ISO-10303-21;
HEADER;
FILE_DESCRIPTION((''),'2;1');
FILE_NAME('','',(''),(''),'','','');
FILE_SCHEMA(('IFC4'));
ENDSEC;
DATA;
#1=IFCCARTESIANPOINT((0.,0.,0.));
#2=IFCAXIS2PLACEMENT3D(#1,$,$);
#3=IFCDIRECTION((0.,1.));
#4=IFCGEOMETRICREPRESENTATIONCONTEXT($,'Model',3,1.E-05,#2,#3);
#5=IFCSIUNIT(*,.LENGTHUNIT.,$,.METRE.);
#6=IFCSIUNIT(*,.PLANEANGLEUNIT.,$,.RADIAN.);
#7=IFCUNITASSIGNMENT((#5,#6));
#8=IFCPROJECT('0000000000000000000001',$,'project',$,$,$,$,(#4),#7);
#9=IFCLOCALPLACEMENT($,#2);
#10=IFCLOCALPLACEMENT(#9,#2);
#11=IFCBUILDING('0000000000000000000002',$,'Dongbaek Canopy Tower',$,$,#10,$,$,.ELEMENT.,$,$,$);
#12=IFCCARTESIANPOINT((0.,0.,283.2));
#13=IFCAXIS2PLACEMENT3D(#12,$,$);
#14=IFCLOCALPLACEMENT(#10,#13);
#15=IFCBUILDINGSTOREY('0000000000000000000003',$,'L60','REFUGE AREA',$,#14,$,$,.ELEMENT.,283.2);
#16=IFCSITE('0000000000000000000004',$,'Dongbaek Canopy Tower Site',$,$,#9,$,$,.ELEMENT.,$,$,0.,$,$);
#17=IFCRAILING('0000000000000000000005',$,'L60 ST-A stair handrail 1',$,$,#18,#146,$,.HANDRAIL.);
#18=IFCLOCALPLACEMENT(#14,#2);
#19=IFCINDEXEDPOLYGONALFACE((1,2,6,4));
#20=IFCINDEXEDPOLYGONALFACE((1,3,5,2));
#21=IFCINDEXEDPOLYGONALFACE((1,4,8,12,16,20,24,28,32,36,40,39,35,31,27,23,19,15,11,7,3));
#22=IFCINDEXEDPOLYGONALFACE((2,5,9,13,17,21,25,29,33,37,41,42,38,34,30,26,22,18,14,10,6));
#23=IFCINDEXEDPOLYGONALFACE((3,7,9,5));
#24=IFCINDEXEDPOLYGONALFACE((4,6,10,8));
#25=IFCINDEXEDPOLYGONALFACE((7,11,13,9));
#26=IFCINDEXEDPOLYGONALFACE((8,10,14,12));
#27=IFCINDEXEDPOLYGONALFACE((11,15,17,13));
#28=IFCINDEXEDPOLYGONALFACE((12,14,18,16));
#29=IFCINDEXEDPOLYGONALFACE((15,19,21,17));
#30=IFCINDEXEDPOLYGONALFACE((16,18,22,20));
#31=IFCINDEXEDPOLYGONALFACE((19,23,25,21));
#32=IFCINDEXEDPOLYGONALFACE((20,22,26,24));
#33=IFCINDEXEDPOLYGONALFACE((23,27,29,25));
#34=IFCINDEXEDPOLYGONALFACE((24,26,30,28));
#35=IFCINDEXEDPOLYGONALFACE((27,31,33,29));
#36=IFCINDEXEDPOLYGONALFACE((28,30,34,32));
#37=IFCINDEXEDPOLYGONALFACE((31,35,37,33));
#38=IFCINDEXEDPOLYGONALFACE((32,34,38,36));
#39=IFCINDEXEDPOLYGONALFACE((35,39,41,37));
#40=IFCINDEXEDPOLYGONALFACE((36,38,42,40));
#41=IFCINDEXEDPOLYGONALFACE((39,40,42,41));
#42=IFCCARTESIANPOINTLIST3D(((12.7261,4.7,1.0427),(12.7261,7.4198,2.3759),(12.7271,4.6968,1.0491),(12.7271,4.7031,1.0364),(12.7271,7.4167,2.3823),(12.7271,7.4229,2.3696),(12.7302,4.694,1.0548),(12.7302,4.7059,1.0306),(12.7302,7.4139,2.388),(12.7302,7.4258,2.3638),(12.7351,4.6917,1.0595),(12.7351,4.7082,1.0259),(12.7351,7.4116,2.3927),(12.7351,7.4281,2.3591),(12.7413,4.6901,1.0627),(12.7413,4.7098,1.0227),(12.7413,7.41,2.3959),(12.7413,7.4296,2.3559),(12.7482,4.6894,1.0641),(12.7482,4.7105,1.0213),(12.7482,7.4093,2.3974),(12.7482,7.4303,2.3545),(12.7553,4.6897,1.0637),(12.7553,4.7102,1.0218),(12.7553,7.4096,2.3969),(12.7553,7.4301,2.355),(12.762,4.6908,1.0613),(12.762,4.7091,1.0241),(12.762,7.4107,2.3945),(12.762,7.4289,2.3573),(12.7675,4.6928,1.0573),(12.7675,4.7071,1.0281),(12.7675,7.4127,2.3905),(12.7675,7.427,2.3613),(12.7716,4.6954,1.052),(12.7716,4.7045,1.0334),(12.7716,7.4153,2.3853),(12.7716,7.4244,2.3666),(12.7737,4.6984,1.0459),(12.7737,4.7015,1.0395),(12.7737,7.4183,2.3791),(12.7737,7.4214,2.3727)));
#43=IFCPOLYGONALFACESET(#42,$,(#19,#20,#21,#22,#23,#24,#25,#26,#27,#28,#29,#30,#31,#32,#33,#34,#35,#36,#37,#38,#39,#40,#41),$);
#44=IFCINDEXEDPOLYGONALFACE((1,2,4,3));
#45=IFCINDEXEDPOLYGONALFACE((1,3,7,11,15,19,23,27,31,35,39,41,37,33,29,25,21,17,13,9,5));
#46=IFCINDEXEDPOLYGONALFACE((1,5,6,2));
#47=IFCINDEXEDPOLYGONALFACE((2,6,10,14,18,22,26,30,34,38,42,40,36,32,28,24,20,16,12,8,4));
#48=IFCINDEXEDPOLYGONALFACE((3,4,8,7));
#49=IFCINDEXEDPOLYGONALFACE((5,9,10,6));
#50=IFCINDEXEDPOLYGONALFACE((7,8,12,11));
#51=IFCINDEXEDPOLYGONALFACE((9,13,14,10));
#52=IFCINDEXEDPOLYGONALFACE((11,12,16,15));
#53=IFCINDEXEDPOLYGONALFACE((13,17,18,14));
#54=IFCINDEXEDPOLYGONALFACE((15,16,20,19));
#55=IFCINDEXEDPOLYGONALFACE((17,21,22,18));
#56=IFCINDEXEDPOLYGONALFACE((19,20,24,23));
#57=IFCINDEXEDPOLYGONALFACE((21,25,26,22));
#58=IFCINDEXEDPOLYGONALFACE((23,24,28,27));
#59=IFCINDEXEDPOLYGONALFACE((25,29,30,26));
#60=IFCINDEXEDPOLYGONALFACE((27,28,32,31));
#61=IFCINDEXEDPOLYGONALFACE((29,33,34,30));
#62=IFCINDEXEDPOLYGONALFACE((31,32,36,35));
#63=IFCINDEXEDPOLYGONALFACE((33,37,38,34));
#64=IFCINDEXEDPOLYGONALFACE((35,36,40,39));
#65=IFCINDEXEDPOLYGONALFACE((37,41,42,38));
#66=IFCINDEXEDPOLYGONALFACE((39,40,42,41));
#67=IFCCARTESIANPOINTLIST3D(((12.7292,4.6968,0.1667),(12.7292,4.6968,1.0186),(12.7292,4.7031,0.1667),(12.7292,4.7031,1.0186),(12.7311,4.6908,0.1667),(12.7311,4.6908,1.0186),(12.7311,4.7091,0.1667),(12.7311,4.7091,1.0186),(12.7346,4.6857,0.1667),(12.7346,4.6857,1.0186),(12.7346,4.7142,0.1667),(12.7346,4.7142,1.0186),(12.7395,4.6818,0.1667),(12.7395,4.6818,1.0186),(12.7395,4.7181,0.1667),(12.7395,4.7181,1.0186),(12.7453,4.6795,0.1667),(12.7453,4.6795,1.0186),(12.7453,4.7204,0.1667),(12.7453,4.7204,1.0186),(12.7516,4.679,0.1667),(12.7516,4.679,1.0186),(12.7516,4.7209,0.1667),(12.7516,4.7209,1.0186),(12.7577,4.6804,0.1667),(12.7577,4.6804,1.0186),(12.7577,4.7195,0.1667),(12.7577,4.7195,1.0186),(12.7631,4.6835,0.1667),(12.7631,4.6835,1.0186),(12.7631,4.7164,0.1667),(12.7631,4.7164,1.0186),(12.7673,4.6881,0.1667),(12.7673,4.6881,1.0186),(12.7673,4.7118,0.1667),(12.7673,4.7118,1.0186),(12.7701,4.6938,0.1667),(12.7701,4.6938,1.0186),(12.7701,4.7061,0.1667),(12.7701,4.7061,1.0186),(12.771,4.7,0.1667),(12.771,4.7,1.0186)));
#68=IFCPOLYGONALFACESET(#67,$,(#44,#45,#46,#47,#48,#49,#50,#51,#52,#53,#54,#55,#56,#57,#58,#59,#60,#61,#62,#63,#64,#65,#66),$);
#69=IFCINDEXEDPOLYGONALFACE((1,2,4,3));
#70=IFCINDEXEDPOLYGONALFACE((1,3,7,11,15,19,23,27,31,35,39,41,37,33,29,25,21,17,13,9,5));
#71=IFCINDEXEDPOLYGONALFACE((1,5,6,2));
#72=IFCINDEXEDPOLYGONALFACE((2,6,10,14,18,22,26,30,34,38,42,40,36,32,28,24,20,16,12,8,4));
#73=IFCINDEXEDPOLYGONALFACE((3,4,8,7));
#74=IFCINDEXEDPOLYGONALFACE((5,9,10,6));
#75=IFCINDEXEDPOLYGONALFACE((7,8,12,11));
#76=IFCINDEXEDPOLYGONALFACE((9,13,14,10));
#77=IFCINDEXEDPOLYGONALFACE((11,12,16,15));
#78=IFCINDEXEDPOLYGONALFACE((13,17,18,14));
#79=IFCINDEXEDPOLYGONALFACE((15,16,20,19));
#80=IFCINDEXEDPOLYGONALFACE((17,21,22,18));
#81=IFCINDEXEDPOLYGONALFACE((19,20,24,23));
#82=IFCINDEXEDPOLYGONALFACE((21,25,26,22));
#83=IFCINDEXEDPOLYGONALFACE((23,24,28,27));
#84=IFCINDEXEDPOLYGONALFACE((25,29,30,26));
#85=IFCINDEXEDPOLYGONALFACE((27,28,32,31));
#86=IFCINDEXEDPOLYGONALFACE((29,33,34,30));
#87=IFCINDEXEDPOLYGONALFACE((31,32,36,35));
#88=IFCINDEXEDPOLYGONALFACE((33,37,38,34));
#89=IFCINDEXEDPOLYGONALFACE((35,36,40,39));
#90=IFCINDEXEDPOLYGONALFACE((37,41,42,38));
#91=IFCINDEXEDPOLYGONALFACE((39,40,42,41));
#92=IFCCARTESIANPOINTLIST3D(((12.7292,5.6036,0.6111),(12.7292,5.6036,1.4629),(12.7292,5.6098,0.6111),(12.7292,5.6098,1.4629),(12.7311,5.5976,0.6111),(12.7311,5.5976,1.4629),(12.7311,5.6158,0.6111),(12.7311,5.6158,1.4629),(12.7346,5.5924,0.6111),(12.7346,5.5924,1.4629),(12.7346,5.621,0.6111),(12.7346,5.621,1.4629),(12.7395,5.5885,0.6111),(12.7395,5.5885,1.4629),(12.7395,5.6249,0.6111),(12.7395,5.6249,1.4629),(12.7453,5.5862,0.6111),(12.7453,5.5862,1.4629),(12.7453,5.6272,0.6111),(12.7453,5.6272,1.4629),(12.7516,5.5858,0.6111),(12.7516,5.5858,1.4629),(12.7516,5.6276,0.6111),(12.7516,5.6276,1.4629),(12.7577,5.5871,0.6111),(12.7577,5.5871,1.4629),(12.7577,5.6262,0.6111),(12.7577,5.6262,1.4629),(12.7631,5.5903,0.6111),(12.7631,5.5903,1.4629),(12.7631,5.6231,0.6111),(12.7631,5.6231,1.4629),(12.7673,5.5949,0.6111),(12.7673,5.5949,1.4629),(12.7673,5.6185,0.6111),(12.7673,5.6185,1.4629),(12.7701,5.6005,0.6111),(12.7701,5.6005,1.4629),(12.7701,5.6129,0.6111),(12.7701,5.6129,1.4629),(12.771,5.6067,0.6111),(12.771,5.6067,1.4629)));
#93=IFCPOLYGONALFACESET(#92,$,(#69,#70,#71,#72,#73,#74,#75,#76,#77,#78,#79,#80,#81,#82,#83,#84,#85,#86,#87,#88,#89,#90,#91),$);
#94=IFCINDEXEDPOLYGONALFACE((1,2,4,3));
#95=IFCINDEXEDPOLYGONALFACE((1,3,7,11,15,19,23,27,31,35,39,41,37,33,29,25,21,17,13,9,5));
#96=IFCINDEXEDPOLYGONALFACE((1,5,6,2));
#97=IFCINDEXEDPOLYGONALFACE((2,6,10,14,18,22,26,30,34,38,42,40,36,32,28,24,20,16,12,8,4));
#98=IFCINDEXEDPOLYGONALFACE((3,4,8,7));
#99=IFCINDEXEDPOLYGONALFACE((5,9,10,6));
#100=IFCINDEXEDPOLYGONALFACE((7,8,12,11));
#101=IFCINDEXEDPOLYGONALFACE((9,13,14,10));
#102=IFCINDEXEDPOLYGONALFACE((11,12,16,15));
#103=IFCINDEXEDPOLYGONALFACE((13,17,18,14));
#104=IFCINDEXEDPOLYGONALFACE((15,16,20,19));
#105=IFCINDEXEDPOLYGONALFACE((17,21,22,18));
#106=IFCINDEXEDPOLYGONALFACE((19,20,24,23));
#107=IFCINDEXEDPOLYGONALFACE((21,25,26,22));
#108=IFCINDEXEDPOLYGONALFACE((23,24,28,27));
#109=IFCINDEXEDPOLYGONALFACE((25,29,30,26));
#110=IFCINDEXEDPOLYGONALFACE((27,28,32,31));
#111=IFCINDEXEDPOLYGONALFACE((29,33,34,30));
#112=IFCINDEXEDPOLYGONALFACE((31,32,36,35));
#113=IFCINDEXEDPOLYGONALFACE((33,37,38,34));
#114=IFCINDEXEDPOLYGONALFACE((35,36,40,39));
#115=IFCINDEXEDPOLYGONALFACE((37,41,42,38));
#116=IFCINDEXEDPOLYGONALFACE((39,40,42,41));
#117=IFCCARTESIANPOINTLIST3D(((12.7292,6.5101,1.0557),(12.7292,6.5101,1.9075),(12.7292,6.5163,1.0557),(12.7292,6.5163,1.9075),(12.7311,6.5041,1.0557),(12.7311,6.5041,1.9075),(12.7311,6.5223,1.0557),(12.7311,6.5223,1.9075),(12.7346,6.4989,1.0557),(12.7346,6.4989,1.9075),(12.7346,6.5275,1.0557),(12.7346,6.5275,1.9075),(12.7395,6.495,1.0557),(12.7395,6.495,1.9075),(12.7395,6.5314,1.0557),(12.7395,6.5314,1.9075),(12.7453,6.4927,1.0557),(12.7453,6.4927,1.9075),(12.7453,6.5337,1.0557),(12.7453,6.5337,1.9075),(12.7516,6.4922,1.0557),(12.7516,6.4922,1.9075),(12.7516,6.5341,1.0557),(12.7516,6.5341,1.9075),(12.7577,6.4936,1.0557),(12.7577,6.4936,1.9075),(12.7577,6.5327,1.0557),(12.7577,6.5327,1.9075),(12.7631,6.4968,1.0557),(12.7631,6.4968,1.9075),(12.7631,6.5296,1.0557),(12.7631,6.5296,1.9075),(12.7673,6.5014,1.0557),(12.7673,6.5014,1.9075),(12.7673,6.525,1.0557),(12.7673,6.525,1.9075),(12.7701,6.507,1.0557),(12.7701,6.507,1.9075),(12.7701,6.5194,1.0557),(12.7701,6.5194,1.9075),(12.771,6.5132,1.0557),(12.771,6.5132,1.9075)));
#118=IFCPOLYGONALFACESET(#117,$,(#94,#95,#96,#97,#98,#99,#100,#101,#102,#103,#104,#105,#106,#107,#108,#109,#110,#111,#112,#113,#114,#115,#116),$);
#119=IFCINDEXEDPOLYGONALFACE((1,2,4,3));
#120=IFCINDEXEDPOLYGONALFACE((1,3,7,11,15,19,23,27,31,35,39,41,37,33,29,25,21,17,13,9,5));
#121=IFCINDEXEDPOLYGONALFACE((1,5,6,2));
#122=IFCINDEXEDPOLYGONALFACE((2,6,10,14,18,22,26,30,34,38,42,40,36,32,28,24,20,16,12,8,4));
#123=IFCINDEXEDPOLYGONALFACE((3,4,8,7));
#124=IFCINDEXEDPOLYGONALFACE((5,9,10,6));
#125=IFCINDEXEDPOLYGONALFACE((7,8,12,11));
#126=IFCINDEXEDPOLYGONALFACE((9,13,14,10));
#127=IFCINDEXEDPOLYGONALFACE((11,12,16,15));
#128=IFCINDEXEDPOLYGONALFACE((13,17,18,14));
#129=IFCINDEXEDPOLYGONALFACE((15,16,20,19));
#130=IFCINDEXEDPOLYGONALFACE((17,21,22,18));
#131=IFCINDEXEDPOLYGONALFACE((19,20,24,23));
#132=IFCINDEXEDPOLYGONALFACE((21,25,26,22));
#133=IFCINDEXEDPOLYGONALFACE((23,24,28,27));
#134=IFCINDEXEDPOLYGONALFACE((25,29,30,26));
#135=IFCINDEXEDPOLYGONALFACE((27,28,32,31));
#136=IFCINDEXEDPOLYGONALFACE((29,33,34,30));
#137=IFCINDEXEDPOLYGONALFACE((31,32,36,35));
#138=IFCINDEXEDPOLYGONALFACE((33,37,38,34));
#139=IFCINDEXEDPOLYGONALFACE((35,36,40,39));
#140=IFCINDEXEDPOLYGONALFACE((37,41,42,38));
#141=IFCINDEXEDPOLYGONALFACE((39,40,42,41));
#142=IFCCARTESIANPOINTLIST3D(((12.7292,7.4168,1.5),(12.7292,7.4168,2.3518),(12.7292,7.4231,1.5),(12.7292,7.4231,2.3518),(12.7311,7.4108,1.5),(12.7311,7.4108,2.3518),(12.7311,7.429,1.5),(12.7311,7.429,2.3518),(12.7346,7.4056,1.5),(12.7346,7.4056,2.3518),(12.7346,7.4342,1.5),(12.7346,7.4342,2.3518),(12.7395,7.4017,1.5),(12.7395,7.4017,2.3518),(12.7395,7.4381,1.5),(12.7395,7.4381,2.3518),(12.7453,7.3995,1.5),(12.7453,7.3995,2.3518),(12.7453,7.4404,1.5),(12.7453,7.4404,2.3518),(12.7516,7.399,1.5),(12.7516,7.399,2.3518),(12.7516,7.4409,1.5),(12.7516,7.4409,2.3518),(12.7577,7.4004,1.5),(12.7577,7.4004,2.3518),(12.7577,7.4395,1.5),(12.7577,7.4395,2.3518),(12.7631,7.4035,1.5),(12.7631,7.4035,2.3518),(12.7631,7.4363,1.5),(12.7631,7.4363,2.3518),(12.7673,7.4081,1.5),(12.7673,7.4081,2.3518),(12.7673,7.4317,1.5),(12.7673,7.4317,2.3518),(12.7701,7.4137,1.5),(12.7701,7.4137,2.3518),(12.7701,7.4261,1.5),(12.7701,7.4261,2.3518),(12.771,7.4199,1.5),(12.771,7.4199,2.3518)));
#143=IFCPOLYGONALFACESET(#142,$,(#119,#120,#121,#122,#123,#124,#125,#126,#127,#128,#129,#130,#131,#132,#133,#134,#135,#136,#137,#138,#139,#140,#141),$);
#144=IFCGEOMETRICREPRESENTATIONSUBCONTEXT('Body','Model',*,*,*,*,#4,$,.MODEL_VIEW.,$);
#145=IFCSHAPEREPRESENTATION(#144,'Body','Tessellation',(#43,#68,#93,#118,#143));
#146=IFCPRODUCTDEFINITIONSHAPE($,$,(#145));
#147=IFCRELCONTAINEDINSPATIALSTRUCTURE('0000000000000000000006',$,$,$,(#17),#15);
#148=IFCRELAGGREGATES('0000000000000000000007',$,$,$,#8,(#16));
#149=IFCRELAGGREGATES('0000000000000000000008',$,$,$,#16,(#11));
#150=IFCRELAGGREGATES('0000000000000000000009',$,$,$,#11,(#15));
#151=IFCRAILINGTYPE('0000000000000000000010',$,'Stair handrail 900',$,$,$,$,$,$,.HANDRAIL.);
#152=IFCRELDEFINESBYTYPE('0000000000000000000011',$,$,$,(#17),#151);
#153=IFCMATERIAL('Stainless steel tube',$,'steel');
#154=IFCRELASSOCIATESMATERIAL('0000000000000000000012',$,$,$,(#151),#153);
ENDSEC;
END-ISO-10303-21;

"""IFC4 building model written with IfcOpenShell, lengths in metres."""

from ifc_helpers import new_model, si_unit, direction, frame, origin, origin_2d, place, context, subcontext, project, spatial, circle, extrude, material, type_object, element, save


model = new_model("IFC4")

# Units and contexts
model_context = context("Model", 3, precision=1e-05, world=origin(), true_north=direction((0.0, 1.0)))
body_context = subcontext(model_context, "Body", "Model", "MODEL_VIEW")
ifc_project = project(units=[si_unit("LENGTHUNIT", "METRE"), si_unit("PLANEANGLEUNIT", "RADIAN")], contexts=[model_context])

# Site, building, storey
site_placement = place(None, origin())
site = spatial("IfcSite", under=ifc_project, at=site_placement, Name="Dongbaek Canopy Tower Site", CompositionType="ELEMENT", RefElevation=0.0)
building_placement = place(site_placement, origin())
building = spatial("IfcBuilding", under=site, at=building_placement, Name="Dongbaek Canopy Tower", CompositionType="ELEMENT")
storey_placement = place(building_placement, frame((0.0, 0.0, 283.2)))
storey = spatial("IfcBuildingStorey", under=building, at=storey_placement, Name="L60", Description="REFUGE AREA", CompositionType="ELEMENT", Elevation=283.2)

# Railing
ifc_material_1 = material(Name="Stainless steel tube", Category="steel")
railing_type_1 = type_object("IfcRailingType", Name="Stair handrail 900", PredefinedType="HANDRAIL", material=ifc_material_1)
for number, where, name in (
    (1, (12.75, 4.7, 0.1667), "L60 ST-A stair handrail 1"),
):
    element("IfcRailing", number, at=place(storey_placement, frame(where)), inside=storey, type_object=railing_type_1, Name=name, PredefinedType="HANDRAIL", context=body_context, shape_type="SweptSolid", body=[
        extrude(circle(Radius=0.0239, at=origin_2d()), frame((0.0, 0.0, 0.876), z_axis=(0.0, 0.897929, 0.440139), x_axis=(-1.0, 0.0, 0.0)), (0.0, 0.0, 1.0), 3.0291),
        extrude(circle(Radius=0.021, at=origin_2d()), origin(), (0.0, 0.0, 1.0), 0.8518),
        extrude(circle(Radius=0.021, at=origin_2d()), frame((0.0, 0.9067, 0.4443)), (0.0, 0.0, 1.0), 0.8518),
        extrude(circle(Radius=0.021, at=origin_2d()), frame((0.0, 1.8132, 0.8889)), (0.0, 0.0, 1.0), 0.8518),
        extrude(circle(Radius=0.021, at=origin_2d()), frame((0.0, 2.72, 1.3333)), (0.0, 0.0, 1.0), 0.8518),
    ])

save(model, "model.ifc")
